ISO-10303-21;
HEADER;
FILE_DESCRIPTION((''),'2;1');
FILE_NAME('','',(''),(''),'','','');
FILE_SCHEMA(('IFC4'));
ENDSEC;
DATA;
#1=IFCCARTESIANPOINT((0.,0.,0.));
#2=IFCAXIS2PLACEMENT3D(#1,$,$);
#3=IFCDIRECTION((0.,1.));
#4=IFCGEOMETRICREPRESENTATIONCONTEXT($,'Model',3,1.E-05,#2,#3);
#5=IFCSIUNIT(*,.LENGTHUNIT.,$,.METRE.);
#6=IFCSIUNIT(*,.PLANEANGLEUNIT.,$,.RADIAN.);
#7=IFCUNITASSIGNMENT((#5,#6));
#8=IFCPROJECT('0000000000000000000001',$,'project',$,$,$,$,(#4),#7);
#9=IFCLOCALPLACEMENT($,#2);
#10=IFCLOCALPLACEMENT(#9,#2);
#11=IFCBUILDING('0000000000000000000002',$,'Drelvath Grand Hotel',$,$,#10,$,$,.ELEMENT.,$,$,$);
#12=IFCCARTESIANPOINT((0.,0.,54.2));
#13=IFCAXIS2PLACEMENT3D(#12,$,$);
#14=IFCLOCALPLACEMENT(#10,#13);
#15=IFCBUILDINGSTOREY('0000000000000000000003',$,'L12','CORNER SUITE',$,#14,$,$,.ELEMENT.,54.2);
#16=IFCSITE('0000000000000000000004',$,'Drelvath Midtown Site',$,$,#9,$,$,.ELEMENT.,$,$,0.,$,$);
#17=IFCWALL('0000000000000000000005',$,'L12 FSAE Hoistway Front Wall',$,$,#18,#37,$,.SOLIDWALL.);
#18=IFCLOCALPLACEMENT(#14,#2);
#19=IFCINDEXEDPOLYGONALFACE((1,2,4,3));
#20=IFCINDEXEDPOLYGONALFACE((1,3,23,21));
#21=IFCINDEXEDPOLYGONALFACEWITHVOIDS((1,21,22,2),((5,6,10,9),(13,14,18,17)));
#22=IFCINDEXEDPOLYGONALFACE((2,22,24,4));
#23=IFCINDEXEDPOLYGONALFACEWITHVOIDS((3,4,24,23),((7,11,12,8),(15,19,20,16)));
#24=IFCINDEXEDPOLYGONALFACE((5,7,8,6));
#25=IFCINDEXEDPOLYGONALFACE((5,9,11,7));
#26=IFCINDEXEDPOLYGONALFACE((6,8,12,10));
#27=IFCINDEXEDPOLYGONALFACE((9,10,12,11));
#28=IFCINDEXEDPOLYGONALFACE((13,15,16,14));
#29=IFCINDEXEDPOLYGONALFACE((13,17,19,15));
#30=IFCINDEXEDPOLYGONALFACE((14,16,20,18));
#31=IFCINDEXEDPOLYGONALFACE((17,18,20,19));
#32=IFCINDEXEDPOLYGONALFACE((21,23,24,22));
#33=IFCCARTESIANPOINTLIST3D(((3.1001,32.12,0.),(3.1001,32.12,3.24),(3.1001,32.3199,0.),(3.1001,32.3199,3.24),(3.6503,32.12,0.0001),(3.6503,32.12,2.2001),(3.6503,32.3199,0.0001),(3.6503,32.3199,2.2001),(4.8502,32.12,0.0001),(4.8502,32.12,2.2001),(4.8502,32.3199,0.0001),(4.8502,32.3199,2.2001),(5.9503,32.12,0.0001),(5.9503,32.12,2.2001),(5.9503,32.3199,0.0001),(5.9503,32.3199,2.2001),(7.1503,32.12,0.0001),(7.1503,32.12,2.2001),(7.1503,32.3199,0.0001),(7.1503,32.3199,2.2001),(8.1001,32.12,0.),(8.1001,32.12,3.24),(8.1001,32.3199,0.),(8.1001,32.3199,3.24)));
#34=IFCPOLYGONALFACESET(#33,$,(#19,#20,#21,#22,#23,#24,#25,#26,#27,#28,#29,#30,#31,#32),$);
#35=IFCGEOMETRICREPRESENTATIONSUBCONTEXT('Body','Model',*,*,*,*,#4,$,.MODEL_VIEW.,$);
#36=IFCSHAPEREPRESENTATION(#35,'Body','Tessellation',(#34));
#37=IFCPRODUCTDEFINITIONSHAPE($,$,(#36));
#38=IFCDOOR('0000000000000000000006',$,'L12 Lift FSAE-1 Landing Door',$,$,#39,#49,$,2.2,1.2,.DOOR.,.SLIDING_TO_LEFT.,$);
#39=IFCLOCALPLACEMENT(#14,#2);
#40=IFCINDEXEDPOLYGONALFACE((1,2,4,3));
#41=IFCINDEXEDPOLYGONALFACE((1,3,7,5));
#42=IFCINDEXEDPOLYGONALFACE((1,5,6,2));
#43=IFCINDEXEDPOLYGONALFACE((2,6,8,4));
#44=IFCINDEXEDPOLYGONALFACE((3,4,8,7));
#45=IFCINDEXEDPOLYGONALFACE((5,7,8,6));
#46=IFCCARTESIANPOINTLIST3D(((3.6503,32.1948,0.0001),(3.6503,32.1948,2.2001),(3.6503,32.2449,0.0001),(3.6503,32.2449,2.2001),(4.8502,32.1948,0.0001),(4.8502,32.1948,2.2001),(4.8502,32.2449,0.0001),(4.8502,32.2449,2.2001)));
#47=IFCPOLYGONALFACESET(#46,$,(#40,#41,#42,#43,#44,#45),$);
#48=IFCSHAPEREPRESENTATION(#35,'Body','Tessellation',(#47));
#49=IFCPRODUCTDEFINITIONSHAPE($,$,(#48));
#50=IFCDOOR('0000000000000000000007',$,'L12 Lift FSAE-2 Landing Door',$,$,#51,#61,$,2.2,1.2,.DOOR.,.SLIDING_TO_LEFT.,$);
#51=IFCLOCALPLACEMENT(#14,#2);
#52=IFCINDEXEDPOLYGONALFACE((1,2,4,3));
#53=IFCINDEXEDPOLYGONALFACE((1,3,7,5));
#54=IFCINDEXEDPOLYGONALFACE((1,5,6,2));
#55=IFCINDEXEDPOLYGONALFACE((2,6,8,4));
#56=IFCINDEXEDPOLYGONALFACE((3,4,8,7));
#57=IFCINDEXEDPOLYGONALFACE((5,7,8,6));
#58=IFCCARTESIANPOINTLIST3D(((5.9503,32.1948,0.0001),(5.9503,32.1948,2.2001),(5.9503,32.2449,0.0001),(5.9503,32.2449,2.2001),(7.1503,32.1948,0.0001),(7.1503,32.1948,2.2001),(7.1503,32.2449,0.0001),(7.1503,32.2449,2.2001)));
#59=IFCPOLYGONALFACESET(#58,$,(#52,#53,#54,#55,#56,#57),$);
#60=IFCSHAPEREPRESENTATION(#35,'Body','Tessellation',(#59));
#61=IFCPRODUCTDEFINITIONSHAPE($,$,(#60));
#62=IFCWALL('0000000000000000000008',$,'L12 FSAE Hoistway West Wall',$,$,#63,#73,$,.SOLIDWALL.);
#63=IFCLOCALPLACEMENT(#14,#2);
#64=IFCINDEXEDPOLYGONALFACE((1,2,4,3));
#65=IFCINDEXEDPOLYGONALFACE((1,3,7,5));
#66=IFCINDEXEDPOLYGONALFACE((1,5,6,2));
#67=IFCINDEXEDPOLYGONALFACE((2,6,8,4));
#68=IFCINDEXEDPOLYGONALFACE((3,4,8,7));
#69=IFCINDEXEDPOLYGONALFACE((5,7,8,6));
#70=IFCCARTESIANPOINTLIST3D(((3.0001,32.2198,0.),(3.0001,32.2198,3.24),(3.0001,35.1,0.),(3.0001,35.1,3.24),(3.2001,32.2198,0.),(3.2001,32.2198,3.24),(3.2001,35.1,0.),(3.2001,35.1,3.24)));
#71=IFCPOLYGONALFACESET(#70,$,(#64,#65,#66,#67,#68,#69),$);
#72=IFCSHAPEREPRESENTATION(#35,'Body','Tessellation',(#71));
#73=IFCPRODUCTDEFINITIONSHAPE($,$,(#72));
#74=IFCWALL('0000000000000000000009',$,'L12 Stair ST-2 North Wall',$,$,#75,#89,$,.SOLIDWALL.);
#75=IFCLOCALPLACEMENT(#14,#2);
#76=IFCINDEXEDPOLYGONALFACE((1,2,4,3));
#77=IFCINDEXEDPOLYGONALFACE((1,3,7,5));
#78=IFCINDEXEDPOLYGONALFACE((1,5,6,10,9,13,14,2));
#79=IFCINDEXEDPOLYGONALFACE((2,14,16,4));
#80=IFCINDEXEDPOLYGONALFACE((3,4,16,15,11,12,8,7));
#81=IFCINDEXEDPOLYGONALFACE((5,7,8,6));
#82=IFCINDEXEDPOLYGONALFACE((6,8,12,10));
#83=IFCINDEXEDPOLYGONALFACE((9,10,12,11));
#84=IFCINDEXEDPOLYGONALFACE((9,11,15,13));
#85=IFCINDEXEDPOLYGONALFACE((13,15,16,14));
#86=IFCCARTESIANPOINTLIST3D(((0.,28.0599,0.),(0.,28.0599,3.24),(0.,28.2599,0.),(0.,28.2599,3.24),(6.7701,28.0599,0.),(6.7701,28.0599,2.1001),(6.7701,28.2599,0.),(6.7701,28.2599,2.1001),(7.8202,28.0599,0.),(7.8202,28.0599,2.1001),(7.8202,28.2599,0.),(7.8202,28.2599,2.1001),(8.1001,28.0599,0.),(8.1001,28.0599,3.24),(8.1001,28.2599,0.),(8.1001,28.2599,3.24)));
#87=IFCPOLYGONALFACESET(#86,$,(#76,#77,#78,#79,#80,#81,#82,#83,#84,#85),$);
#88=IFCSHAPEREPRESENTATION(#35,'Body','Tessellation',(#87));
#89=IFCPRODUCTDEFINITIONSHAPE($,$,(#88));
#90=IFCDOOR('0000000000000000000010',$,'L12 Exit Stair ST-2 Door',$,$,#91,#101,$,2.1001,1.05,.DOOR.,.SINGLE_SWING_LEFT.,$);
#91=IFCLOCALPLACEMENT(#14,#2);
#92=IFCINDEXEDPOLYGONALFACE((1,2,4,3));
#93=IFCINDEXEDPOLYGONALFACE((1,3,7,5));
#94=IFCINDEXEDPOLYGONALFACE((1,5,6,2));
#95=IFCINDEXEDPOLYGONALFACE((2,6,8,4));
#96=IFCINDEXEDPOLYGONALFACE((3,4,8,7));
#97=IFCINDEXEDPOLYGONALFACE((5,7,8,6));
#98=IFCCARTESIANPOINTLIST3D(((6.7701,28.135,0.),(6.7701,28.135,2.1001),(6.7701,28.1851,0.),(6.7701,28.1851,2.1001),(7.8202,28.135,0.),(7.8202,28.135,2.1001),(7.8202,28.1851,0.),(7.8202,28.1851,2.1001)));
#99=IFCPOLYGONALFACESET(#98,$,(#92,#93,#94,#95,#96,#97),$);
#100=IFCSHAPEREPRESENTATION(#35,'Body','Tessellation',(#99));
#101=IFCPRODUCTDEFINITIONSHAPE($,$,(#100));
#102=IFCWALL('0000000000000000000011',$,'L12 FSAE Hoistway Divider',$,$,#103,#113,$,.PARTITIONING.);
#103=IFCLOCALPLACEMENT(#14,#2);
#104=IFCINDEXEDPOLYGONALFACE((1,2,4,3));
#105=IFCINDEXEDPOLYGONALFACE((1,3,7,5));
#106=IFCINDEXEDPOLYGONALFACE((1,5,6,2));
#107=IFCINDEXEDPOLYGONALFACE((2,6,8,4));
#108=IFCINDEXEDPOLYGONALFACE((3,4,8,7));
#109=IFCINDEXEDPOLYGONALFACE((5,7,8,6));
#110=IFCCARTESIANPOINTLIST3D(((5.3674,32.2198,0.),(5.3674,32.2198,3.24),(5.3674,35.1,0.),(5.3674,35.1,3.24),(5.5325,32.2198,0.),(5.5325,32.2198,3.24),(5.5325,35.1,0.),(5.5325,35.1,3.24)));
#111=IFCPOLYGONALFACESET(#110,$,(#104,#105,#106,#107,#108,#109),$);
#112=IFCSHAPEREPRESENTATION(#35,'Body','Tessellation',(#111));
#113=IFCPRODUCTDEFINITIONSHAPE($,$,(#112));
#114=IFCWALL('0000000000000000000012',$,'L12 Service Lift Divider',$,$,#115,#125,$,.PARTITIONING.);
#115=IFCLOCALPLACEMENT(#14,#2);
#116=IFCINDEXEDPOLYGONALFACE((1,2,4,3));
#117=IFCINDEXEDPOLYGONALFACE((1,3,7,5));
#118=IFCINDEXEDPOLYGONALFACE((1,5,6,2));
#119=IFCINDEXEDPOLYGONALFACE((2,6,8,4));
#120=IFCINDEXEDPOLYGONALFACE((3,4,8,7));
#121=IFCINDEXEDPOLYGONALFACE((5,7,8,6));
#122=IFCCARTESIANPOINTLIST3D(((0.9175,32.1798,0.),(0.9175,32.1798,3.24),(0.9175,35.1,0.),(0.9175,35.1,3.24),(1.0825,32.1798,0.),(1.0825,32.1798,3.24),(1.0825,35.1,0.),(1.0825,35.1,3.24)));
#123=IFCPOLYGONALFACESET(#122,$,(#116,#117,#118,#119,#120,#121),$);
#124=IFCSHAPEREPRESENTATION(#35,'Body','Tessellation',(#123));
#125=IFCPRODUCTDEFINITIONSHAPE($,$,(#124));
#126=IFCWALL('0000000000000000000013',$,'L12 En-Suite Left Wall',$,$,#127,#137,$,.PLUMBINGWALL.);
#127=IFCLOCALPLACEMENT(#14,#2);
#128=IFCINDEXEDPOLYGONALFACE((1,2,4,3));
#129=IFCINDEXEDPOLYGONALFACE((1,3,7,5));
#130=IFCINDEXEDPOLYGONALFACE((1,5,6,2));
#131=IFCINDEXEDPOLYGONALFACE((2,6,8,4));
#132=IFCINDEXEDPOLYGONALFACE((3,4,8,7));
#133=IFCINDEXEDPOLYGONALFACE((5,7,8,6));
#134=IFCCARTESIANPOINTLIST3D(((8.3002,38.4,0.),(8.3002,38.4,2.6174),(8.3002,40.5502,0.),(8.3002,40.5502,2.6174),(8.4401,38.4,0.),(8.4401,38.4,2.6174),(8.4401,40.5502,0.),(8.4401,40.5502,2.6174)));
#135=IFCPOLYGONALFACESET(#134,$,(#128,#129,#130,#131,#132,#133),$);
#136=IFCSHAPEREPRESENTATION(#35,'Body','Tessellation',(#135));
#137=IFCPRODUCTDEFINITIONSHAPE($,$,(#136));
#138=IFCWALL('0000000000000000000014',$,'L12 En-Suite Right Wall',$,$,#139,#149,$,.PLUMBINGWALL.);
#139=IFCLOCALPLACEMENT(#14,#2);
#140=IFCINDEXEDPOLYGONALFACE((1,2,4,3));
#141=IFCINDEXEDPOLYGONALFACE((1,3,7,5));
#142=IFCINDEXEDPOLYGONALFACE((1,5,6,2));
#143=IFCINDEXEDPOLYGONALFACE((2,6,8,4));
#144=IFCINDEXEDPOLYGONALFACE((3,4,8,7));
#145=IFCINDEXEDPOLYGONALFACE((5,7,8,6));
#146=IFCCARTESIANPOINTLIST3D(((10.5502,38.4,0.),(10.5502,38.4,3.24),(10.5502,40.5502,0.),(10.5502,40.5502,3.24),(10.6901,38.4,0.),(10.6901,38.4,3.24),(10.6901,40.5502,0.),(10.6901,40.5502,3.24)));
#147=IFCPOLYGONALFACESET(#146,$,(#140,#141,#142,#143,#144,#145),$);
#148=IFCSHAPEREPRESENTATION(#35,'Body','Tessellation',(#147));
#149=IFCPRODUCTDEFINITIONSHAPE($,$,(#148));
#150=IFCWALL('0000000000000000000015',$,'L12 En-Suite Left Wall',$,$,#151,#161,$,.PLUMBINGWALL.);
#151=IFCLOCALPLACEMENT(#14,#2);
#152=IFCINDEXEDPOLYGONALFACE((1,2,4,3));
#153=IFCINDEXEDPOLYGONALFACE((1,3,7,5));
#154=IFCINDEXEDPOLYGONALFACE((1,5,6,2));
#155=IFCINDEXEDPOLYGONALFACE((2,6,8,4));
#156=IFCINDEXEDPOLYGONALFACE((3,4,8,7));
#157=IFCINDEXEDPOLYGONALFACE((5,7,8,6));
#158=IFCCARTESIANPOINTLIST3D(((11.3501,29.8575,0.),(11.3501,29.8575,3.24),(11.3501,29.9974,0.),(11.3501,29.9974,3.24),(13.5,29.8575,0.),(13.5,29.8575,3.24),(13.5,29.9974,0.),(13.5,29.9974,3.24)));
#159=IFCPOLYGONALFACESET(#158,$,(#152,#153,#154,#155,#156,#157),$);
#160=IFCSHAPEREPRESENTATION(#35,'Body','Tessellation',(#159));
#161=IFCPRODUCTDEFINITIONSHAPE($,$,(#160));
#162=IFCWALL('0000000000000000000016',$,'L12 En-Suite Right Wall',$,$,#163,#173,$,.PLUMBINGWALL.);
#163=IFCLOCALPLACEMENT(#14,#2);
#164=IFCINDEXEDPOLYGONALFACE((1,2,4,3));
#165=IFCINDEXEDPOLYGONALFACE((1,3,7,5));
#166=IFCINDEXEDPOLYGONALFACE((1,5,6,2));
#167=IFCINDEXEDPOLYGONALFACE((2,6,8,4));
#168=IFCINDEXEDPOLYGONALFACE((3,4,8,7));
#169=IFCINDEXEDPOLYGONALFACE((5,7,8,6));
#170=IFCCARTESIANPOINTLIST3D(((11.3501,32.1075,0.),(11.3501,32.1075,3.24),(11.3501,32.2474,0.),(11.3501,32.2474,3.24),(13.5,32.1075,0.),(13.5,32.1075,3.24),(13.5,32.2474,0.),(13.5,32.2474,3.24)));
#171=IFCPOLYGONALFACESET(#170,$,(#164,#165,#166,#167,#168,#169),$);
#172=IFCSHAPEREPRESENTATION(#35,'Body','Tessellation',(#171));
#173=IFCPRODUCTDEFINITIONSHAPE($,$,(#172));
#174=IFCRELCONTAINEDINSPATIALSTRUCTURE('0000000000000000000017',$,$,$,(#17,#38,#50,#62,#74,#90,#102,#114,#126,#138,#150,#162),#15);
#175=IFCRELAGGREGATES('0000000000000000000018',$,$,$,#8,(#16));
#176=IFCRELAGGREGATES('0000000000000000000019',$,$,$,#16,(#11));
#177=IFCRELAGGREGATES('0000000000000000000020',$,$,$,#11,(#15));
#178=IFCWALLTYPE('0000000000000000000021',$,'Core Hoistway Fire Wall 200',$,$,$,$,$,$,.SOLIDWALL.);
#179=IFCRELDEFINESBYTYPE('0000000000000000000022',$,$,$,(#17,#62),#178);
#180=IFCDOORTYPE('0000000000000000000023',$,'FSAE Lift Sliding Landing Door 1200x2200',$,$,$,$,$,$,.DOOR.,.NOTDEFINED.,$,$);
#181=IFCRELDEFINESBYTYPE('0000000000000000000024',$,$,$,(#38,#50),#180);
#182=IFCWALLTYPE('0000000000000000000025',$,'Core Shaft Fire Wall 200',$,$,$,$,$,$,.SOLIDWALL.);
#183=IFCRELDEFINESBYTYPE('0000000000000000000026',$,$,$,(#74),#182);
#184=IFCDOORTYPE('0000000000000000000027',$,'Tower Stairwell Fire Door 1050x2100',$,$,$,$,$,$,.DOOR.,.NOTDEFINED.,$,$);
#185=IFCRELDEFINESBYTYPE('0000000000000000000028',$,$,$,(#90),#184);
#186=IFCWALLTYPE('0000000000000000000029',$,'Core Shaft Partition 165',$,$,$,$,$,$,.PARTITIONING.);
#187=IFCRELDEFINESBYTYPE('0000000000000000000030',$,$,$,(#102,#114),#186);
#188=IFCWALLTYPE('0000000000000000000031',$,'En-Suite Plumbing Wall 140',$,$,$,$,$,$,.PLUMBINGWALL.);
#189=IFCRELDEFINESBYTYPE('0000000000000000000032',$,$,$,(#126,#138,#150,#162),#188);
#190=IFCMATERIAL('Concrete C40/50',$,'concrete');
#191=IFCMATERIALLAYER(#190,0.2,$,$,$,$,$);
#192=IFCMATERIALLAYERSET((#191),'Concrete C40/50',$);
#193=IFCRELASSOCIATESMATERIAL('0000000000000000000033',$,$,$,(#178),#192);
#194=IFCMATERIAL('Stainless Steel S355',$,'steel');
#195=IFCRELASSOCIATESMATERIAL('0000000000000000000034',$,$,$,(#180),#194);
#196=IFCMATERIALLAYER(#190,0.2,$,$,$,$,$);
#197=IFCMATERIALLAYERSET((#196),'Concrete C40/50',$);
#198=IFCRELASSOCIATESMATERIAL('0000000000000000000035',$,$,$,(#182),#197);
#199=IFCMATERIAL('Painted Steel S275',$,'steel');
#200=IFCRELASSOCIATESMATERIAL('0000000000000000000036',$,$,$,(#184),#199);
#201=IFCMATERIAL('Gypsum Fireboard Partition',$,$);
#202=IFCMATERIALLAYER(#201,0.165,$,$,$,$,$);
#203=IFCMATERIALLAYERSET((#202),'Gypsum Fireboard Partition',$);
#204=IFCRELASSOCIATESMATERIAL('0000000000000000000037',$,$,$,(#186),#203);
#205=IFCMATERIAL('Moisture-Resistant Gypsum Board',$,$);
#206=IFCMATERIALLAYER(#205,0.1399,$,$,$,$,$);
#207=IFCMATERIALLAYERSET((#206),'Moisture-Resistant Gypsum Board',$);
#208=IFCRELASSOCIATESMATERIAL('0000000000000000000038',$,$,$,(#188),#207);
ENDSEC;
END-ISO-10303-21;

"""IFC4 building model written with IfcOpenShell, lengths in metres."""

from ifc_helpers import new_model, si_unit, direction, frame, frame_2d, origin, place, context, subcontext, project, spatial, rectangle, extrude, material, layer, layer_set, type_object, element, fill, save


model = new_model("IFC4")

# Units and contexts
model_context = context("Model", 3, precision=1e-05, world=origin(), true_north=direction((0.0, 1.0)))
body_context = subcontext(model_context, "Body", "Model", "MODEL_VIEW")
ifc_project = project(units=[si_unit("LENGTHUNIT", "METRE"), si_unit("PLANEANGLEUNIT", "RADIAN")], contexts=[model_context])

# Site, building, storey
site_placement = place(None, origin())
site = spatial("IfcSite", under=ifc_project, at=site_placement, Name="Drelvath Midtown Site", CompositionType="ELEMENT", RefElevation=0.0)
building_placement = place(site_placement, origin())
building = spatial("IfcBuilding", under=site, at=building_placement, Name="Drelvath Grand Hotel", CompositionType="ELEMENT")
storey_placement = place(building_placement, frame((0.0, 0.0, 54.2)))
storey = spatial("IfcBuildingStorey", under=building, at=storey_placement, Name="L12", Description="CORNER SUITE", CompositionType="ELEMENT", Elevation=54.2)

# Wall, openings, doors
ifc_material_1 = material(Name="Concrete C40/50", Category="concrete")
ifc_layer_1 = layer(ifc_material_1, 0.2)
ifc_layer_set_1 = layer_set([ifc_layer_1], Name="Concrete C40/50")
wall_type_1 = type_object("IfcWallType", Name="Core Hoistway Fire Wall 200", PredefinedType="SOLIDWALL", material=ifc_layer_set_1)
wall_1_placement = place(storey_placement, frame((3.1001, 32.22, 0.0), z_axis=(0.0, 0.0, 1.0), x_axis=(1.0, 0.0, 0.0)))
wall_1 = element("IfcWall", 1, at=wall_1_placement, inside=storey, type_object=wall_type_1, Name="L12 FSAE Hoistway Front Wall", PredefinedType="SOLIDWALL", context=body_context, shape_type="SweptSolid", body=[
    extrude(rectangle(XDim=5.0, YDim=0.2, at=frame_2d((2.5, 0.0))), origin(), (0.0, 0.0, 1.0), 3.24),
])
opening_1_placement = place(wall_1_placement, frame((0.55, 0.0, 0.0)))
opening_1 = element("IfcOpeningElement", 2, at=opening_1_placement, cuts=wall_1, PredefinedType="OPENING", context=body_context, shape_type="SweptSolid", body=[
    extrude(rectangle(XDim=1.2, YDim=2.2, at=frame_2d((0.6001, 1.1001))), frame((0.0, 0.1099, 0.0), z_axis=(0.0, -1.0, 0.0), x_axis=(1.0, 0.0, 0.0)), (0.0, 0.0, 1.0), 0.22),
])
opening_2_placement = place(wall_1_placement, frame((2.8501, 0.0, 0.0)))
opening_2 = element("IfcOpeningElement", 3, at=opening_2_placement, cuts=wall_1, PredefinedType="OPENING", context=body_context, shape_type="SweptSolid", body=[
    extrude(rectangle(XDim=1.2, YDim=2.2, at=frame_2d((0.6001, 1.1001))), frame((0.0, 0.1099, 0.0), z_axis=(0.0, -1.0, 0.0), x_axis=(1.0, 0.0, 0.0)), (0.0, 0.0, 1.0), 0.22),
])
ifc_material_2 = material(Name="Stainless Steel S355", Category="steel")
door_type_1 = type_object("IfcDoorType", Name="FSAE Lift Sliding Landing Door 1200x2200", OperationType="NOTDEFINED", PredefinedType="DOOR", material=ifc_material_2)
door_1_placement = place(opening_1_placement, origin())
door_1 = element("IfcDoor", 4, at=door_1_placement, inside=storey, type_object=door_type_1, Name="L12 Lift FSAE-1 Landing Door", OperationType="SLIDING_TO_LEFT", OverallHeight=2.2, OverallWidth=1.2, PredefinedType="DOOR", context=body_context, shape_type="SweptSolid", body=[
    extrude(rectangle(XDim=1.2, YDim=2.2, at=frame_2d((0.6001, 1.1001))), frame((0.0, 0.0249, 0.0), z_axis=(0.0, -1.0, 0.0), x_axis=(1.0, 0.0, 0.0)), (0.0, 0.0, 1.0), 0.05),
])
fill(opening_1, door_1)
door_2_placement = place(opening_2_placement, origin())
door_2 = element("IfcDoor", 5, at=door_2_placement, inside=storey, type_object=door_type_1, Name="L12 Lift FSAE-2 Landing Door", OperationType="SLIDING_TO_LEFT", OverallHeight=2.2, OverallWidth=1.2, PredefinedType="DOOR", context=body_context, shape_type="SweptSolid", body=[
    extrude(rectangle(XDim=1.2, YDim=2.2, at=frame_2d((0.6001, 1.1001))), frame((0.0, 0.0249, 0.0), z_axis=(0.0, -1.0, 0.0), x_axis=(1.0, 0.0, 0.0)), (0.0, 0.0, 1.0), 0.05),
])
fill(opening_2, door_2)

# Wall
wall_2_placement = place(storey_placement, frame((3.1001, 32.22, 0.0), z_axis=(0.0, 0.0, 1.0), x_axis=(0.0, 1.0, 0.0)))
element("IfcWall", 6, at=wall_2_placement, inside=storey, type_object=wall_type_1, Name="L12 FSAE Hoistway West Wall", PredefinedType="SOLIDWALL", context=body_context, shape_type="SweptSolid", body=[
    extrude(rectangle(XDim=2.8801, YDim=0.2, at=frame_2d((1.4399, 0.0))), origin(), (0.0, 0.0, 1.0), 3.24),
])

# Wall, opening, door
ifc_layer_2 = layer(ifc_material_1, 0.2)
ifc_layer_set_2 = layer_set([ifc_layer_2], Name="Concrete C40/50")
wall_type_2 = type_object("IfcWallType", Name="Core Shaft Fire Wall 200", PredefinedType="SOLIDWALL", material=ifc_layer_set_2)
wall_3_placement = place(storey_placement, frame((8.1001, 28.1599, 0.0), z_axis=(0.0, 0.0, 1.0), x_axis=(-1.0, 0.0, 0.0)))
wall_3 = element("IfcWall", 7, at=wall_3_placement, inside=storey, type_object=wall_type_2, Name="L12 Stair ST-2 North Wall", PredefinedType="SOLIDWALL", context=body_context, shape_type="SweptSolid", body=[
    extrude(rectangle(XDim=8.1001, YDim=0.2, at=frame_2d((4.05, 0.0))), origin(), (0.0, 0.0, 1.0), 3.24),
])
opening_3_placement = place(wall_3_placement, frame((0.28, 0.0, 0.0)))
opening_3 = element("IfcOpeningElement", 8, at=opening_3_placement, cuts=wall_3, PredefinedType="OPENING", context=body_context, shape_type="SweptSolid", body=[
    extrude(rectangle(XDim=1.05, YDim=2.1001, at=frame_2d((0.5249, 1.05))), frame((0.0, 0.1099, 0.0), z_axis=(0.0, -1.0, 0.0), x_axis=(1.0, 0.0, 0.0)), (0.0, 0.0, 1.0), 0.22),
])
ifc_material_3 = material(Name="Painted Steel S275", Category="steel")
door_type_2 = type_object("IfcDoorType", Name="Tower Stairwell Fire Door 1050x2100", OperationType="NOTDEFINED", PredefinedType="DOOR", material=ifc_material_3)
door_3_placement = place(opening_3_placement, origin())
door_3 = element("IfcDoor", 9, at=door_3_placement, inside=storey, type_object=door_type_2, Name="L12 Exit Stair ST-2 Door", OperationType="SINGLE_SWING_LEFT", OverallHeight=2.1001, OverallWidth=1.05, PredefinedType="DOOR", context=body_context, shape_type="SweptSolid", body=[
    extrude(rectangle(XDim=1.05, YDim=2.1001, at=frame_2d((0.5249, 1.05))), frame((0.0, 0.0249, 0.0), z_axis=(0.0, -1.0, 0.0), x_axis=(1.0, 0.0, 0.0)), (0.0, 0.0, 1.0), 0.05),
])
fill(opening_3, door_3)

# Walls
ifc_material_4 = material(Name="Gypsum Fireboard Partition")
ifc_layer_3 = layer(ifc_material_4, 0.165)
ifc_layer_set_3 = layer_set([ifc_layer_3], Name="Gypsum Fireboard Partition")
wall_type_3 = type_object("IfcWallType", Name="Core Shaft Partition 165", PredefinedType="PARTITIONING", material=ifc_layer_set_3)
wall_4_placement = place(storey_placement, frame((5.45, 32.22, 0.0), z_axis=(0.0, 0.0, 1.0), x_axis=(0.0, 1.0, 0.0)))
element("IfcWall", 10, at=wall_4_placement, inside=storey, type_object=wall_type_3, Name="L12 FSAE Hoistway Divider", PredefinedType="PARTITIONING", context=body_context, shape_type="SweptSolid", body=[
    extrude(rectangle(XDim=2.8801, YDim=0.165, at=frame_2d((1.4399, 0.0))), origin(), (0.0, 0.0, 1.0), 3.24),
])
wall_5_placement = place(storey_placement, frame((1.0, 32.1799, 0.0), z_axis=(0.0, 0.0, 1.0), x_axis=(0.0, 1.0, 0.0)))
element("IfcWall", 11, at=wall_5_placement, inside=storey, type_object=wall_type_3, Name="L12 Service Lift Divider", PredefinedType="PARTITIONING", context=body_context, shape_type="SweptSolid", body=[
    extrude(rectangle(XDim=2.9202, YDim=0.165, at=frame_2d((1.46, 0.0))), origin(), (0.0, 0.0, 1.0), 3.24),
])
ifc_material_5 = material(Name="Moisture-Resistant Gypsum Board")
ifc_layer_4 = layer(ifc_material_5, 0.1399)
ifc_layer_set_4 = layer_set([ifc_layer_4], Name="Moisture-Resistant Gypsum Board")
wall_type_4 = type_object("IfcWallType", Name="En-Suite Plumbing Wall 140", PredefinedType="PLUMBINGWALL", material=ifc_layer_set_4)
wall_6_placement = place(storey_placement, frame((8.3701, 38.3999, 0.0), z_axis=(0.0, 0.0, 1.0), x_axis=(0.0, 1.0, 0.0)))
element("IfcWall", 12, at=wall_6_placement, inside=storey, type_object=wall_type_4, Name="L12 En-Suite Left Wall", PredefinedType="PLUMBINGWALL", context=body_context, shape_type="SweptSolid", body=[
    extrude(rectangle(XDim=2.1501, YDim=0.1399, at=frame_2d((1.0752, 0.0))), origin(), (0.0, 0.0, 1.0), 2.6174),
])
wall_7_placement = place(storey_placement, frame((10.6201, 38.3999, 0.0), z_axis=(0.0, 0.0, 1.0), x_axis=(0.0, 1.0, 0.0)))
element("IfcWall", 13, at=wall_7_placement, inside=storey, type_object=wall_type_4, Name="L12 En-Suite Right Wall", PredefinedType="PLUMBINGWALL", context=body_context, shape_type="SweptSolid", body=[
    extrude(rectangle(XDim=2.1501, YDim=0.1399, at=frame_2d((1.0752, 0.0))), origin(), (0.0, 0.0, 1.0), 3.24),
])
for number, where, z_axis, x_axis, name in (
    (14, (11.3501, 29.9275, 0.0), (0.0, 0.0, 1.0), (1.0, 0.0, 0.0), "L12 En-Suite Left Wall"),
    (15, (11.3501, 32.1775, 0.0), (0.0, 0.0, 1.0), (1.0, 0.0, 0.0), "L12 En-Suite Right Wall"),
):
    element("IfcWall", number, at=place(storey_placement, frame(where, z_axis=z_axis, x_axis=x_axis)), inside=storey, type_object=wall_type_4, Name=name, PredefinedType="PLUMBINGWALL", context=body_context, shape_type="SweptSolid", body=[
        extrude(rectangle(XDim=2.1499, YDim=0.1399, at=frame_2d((1.075, 0.0))), origin(), (0.0, 0.0, 1.0), 3.24),
    ])

save(model, "model.ifc")
